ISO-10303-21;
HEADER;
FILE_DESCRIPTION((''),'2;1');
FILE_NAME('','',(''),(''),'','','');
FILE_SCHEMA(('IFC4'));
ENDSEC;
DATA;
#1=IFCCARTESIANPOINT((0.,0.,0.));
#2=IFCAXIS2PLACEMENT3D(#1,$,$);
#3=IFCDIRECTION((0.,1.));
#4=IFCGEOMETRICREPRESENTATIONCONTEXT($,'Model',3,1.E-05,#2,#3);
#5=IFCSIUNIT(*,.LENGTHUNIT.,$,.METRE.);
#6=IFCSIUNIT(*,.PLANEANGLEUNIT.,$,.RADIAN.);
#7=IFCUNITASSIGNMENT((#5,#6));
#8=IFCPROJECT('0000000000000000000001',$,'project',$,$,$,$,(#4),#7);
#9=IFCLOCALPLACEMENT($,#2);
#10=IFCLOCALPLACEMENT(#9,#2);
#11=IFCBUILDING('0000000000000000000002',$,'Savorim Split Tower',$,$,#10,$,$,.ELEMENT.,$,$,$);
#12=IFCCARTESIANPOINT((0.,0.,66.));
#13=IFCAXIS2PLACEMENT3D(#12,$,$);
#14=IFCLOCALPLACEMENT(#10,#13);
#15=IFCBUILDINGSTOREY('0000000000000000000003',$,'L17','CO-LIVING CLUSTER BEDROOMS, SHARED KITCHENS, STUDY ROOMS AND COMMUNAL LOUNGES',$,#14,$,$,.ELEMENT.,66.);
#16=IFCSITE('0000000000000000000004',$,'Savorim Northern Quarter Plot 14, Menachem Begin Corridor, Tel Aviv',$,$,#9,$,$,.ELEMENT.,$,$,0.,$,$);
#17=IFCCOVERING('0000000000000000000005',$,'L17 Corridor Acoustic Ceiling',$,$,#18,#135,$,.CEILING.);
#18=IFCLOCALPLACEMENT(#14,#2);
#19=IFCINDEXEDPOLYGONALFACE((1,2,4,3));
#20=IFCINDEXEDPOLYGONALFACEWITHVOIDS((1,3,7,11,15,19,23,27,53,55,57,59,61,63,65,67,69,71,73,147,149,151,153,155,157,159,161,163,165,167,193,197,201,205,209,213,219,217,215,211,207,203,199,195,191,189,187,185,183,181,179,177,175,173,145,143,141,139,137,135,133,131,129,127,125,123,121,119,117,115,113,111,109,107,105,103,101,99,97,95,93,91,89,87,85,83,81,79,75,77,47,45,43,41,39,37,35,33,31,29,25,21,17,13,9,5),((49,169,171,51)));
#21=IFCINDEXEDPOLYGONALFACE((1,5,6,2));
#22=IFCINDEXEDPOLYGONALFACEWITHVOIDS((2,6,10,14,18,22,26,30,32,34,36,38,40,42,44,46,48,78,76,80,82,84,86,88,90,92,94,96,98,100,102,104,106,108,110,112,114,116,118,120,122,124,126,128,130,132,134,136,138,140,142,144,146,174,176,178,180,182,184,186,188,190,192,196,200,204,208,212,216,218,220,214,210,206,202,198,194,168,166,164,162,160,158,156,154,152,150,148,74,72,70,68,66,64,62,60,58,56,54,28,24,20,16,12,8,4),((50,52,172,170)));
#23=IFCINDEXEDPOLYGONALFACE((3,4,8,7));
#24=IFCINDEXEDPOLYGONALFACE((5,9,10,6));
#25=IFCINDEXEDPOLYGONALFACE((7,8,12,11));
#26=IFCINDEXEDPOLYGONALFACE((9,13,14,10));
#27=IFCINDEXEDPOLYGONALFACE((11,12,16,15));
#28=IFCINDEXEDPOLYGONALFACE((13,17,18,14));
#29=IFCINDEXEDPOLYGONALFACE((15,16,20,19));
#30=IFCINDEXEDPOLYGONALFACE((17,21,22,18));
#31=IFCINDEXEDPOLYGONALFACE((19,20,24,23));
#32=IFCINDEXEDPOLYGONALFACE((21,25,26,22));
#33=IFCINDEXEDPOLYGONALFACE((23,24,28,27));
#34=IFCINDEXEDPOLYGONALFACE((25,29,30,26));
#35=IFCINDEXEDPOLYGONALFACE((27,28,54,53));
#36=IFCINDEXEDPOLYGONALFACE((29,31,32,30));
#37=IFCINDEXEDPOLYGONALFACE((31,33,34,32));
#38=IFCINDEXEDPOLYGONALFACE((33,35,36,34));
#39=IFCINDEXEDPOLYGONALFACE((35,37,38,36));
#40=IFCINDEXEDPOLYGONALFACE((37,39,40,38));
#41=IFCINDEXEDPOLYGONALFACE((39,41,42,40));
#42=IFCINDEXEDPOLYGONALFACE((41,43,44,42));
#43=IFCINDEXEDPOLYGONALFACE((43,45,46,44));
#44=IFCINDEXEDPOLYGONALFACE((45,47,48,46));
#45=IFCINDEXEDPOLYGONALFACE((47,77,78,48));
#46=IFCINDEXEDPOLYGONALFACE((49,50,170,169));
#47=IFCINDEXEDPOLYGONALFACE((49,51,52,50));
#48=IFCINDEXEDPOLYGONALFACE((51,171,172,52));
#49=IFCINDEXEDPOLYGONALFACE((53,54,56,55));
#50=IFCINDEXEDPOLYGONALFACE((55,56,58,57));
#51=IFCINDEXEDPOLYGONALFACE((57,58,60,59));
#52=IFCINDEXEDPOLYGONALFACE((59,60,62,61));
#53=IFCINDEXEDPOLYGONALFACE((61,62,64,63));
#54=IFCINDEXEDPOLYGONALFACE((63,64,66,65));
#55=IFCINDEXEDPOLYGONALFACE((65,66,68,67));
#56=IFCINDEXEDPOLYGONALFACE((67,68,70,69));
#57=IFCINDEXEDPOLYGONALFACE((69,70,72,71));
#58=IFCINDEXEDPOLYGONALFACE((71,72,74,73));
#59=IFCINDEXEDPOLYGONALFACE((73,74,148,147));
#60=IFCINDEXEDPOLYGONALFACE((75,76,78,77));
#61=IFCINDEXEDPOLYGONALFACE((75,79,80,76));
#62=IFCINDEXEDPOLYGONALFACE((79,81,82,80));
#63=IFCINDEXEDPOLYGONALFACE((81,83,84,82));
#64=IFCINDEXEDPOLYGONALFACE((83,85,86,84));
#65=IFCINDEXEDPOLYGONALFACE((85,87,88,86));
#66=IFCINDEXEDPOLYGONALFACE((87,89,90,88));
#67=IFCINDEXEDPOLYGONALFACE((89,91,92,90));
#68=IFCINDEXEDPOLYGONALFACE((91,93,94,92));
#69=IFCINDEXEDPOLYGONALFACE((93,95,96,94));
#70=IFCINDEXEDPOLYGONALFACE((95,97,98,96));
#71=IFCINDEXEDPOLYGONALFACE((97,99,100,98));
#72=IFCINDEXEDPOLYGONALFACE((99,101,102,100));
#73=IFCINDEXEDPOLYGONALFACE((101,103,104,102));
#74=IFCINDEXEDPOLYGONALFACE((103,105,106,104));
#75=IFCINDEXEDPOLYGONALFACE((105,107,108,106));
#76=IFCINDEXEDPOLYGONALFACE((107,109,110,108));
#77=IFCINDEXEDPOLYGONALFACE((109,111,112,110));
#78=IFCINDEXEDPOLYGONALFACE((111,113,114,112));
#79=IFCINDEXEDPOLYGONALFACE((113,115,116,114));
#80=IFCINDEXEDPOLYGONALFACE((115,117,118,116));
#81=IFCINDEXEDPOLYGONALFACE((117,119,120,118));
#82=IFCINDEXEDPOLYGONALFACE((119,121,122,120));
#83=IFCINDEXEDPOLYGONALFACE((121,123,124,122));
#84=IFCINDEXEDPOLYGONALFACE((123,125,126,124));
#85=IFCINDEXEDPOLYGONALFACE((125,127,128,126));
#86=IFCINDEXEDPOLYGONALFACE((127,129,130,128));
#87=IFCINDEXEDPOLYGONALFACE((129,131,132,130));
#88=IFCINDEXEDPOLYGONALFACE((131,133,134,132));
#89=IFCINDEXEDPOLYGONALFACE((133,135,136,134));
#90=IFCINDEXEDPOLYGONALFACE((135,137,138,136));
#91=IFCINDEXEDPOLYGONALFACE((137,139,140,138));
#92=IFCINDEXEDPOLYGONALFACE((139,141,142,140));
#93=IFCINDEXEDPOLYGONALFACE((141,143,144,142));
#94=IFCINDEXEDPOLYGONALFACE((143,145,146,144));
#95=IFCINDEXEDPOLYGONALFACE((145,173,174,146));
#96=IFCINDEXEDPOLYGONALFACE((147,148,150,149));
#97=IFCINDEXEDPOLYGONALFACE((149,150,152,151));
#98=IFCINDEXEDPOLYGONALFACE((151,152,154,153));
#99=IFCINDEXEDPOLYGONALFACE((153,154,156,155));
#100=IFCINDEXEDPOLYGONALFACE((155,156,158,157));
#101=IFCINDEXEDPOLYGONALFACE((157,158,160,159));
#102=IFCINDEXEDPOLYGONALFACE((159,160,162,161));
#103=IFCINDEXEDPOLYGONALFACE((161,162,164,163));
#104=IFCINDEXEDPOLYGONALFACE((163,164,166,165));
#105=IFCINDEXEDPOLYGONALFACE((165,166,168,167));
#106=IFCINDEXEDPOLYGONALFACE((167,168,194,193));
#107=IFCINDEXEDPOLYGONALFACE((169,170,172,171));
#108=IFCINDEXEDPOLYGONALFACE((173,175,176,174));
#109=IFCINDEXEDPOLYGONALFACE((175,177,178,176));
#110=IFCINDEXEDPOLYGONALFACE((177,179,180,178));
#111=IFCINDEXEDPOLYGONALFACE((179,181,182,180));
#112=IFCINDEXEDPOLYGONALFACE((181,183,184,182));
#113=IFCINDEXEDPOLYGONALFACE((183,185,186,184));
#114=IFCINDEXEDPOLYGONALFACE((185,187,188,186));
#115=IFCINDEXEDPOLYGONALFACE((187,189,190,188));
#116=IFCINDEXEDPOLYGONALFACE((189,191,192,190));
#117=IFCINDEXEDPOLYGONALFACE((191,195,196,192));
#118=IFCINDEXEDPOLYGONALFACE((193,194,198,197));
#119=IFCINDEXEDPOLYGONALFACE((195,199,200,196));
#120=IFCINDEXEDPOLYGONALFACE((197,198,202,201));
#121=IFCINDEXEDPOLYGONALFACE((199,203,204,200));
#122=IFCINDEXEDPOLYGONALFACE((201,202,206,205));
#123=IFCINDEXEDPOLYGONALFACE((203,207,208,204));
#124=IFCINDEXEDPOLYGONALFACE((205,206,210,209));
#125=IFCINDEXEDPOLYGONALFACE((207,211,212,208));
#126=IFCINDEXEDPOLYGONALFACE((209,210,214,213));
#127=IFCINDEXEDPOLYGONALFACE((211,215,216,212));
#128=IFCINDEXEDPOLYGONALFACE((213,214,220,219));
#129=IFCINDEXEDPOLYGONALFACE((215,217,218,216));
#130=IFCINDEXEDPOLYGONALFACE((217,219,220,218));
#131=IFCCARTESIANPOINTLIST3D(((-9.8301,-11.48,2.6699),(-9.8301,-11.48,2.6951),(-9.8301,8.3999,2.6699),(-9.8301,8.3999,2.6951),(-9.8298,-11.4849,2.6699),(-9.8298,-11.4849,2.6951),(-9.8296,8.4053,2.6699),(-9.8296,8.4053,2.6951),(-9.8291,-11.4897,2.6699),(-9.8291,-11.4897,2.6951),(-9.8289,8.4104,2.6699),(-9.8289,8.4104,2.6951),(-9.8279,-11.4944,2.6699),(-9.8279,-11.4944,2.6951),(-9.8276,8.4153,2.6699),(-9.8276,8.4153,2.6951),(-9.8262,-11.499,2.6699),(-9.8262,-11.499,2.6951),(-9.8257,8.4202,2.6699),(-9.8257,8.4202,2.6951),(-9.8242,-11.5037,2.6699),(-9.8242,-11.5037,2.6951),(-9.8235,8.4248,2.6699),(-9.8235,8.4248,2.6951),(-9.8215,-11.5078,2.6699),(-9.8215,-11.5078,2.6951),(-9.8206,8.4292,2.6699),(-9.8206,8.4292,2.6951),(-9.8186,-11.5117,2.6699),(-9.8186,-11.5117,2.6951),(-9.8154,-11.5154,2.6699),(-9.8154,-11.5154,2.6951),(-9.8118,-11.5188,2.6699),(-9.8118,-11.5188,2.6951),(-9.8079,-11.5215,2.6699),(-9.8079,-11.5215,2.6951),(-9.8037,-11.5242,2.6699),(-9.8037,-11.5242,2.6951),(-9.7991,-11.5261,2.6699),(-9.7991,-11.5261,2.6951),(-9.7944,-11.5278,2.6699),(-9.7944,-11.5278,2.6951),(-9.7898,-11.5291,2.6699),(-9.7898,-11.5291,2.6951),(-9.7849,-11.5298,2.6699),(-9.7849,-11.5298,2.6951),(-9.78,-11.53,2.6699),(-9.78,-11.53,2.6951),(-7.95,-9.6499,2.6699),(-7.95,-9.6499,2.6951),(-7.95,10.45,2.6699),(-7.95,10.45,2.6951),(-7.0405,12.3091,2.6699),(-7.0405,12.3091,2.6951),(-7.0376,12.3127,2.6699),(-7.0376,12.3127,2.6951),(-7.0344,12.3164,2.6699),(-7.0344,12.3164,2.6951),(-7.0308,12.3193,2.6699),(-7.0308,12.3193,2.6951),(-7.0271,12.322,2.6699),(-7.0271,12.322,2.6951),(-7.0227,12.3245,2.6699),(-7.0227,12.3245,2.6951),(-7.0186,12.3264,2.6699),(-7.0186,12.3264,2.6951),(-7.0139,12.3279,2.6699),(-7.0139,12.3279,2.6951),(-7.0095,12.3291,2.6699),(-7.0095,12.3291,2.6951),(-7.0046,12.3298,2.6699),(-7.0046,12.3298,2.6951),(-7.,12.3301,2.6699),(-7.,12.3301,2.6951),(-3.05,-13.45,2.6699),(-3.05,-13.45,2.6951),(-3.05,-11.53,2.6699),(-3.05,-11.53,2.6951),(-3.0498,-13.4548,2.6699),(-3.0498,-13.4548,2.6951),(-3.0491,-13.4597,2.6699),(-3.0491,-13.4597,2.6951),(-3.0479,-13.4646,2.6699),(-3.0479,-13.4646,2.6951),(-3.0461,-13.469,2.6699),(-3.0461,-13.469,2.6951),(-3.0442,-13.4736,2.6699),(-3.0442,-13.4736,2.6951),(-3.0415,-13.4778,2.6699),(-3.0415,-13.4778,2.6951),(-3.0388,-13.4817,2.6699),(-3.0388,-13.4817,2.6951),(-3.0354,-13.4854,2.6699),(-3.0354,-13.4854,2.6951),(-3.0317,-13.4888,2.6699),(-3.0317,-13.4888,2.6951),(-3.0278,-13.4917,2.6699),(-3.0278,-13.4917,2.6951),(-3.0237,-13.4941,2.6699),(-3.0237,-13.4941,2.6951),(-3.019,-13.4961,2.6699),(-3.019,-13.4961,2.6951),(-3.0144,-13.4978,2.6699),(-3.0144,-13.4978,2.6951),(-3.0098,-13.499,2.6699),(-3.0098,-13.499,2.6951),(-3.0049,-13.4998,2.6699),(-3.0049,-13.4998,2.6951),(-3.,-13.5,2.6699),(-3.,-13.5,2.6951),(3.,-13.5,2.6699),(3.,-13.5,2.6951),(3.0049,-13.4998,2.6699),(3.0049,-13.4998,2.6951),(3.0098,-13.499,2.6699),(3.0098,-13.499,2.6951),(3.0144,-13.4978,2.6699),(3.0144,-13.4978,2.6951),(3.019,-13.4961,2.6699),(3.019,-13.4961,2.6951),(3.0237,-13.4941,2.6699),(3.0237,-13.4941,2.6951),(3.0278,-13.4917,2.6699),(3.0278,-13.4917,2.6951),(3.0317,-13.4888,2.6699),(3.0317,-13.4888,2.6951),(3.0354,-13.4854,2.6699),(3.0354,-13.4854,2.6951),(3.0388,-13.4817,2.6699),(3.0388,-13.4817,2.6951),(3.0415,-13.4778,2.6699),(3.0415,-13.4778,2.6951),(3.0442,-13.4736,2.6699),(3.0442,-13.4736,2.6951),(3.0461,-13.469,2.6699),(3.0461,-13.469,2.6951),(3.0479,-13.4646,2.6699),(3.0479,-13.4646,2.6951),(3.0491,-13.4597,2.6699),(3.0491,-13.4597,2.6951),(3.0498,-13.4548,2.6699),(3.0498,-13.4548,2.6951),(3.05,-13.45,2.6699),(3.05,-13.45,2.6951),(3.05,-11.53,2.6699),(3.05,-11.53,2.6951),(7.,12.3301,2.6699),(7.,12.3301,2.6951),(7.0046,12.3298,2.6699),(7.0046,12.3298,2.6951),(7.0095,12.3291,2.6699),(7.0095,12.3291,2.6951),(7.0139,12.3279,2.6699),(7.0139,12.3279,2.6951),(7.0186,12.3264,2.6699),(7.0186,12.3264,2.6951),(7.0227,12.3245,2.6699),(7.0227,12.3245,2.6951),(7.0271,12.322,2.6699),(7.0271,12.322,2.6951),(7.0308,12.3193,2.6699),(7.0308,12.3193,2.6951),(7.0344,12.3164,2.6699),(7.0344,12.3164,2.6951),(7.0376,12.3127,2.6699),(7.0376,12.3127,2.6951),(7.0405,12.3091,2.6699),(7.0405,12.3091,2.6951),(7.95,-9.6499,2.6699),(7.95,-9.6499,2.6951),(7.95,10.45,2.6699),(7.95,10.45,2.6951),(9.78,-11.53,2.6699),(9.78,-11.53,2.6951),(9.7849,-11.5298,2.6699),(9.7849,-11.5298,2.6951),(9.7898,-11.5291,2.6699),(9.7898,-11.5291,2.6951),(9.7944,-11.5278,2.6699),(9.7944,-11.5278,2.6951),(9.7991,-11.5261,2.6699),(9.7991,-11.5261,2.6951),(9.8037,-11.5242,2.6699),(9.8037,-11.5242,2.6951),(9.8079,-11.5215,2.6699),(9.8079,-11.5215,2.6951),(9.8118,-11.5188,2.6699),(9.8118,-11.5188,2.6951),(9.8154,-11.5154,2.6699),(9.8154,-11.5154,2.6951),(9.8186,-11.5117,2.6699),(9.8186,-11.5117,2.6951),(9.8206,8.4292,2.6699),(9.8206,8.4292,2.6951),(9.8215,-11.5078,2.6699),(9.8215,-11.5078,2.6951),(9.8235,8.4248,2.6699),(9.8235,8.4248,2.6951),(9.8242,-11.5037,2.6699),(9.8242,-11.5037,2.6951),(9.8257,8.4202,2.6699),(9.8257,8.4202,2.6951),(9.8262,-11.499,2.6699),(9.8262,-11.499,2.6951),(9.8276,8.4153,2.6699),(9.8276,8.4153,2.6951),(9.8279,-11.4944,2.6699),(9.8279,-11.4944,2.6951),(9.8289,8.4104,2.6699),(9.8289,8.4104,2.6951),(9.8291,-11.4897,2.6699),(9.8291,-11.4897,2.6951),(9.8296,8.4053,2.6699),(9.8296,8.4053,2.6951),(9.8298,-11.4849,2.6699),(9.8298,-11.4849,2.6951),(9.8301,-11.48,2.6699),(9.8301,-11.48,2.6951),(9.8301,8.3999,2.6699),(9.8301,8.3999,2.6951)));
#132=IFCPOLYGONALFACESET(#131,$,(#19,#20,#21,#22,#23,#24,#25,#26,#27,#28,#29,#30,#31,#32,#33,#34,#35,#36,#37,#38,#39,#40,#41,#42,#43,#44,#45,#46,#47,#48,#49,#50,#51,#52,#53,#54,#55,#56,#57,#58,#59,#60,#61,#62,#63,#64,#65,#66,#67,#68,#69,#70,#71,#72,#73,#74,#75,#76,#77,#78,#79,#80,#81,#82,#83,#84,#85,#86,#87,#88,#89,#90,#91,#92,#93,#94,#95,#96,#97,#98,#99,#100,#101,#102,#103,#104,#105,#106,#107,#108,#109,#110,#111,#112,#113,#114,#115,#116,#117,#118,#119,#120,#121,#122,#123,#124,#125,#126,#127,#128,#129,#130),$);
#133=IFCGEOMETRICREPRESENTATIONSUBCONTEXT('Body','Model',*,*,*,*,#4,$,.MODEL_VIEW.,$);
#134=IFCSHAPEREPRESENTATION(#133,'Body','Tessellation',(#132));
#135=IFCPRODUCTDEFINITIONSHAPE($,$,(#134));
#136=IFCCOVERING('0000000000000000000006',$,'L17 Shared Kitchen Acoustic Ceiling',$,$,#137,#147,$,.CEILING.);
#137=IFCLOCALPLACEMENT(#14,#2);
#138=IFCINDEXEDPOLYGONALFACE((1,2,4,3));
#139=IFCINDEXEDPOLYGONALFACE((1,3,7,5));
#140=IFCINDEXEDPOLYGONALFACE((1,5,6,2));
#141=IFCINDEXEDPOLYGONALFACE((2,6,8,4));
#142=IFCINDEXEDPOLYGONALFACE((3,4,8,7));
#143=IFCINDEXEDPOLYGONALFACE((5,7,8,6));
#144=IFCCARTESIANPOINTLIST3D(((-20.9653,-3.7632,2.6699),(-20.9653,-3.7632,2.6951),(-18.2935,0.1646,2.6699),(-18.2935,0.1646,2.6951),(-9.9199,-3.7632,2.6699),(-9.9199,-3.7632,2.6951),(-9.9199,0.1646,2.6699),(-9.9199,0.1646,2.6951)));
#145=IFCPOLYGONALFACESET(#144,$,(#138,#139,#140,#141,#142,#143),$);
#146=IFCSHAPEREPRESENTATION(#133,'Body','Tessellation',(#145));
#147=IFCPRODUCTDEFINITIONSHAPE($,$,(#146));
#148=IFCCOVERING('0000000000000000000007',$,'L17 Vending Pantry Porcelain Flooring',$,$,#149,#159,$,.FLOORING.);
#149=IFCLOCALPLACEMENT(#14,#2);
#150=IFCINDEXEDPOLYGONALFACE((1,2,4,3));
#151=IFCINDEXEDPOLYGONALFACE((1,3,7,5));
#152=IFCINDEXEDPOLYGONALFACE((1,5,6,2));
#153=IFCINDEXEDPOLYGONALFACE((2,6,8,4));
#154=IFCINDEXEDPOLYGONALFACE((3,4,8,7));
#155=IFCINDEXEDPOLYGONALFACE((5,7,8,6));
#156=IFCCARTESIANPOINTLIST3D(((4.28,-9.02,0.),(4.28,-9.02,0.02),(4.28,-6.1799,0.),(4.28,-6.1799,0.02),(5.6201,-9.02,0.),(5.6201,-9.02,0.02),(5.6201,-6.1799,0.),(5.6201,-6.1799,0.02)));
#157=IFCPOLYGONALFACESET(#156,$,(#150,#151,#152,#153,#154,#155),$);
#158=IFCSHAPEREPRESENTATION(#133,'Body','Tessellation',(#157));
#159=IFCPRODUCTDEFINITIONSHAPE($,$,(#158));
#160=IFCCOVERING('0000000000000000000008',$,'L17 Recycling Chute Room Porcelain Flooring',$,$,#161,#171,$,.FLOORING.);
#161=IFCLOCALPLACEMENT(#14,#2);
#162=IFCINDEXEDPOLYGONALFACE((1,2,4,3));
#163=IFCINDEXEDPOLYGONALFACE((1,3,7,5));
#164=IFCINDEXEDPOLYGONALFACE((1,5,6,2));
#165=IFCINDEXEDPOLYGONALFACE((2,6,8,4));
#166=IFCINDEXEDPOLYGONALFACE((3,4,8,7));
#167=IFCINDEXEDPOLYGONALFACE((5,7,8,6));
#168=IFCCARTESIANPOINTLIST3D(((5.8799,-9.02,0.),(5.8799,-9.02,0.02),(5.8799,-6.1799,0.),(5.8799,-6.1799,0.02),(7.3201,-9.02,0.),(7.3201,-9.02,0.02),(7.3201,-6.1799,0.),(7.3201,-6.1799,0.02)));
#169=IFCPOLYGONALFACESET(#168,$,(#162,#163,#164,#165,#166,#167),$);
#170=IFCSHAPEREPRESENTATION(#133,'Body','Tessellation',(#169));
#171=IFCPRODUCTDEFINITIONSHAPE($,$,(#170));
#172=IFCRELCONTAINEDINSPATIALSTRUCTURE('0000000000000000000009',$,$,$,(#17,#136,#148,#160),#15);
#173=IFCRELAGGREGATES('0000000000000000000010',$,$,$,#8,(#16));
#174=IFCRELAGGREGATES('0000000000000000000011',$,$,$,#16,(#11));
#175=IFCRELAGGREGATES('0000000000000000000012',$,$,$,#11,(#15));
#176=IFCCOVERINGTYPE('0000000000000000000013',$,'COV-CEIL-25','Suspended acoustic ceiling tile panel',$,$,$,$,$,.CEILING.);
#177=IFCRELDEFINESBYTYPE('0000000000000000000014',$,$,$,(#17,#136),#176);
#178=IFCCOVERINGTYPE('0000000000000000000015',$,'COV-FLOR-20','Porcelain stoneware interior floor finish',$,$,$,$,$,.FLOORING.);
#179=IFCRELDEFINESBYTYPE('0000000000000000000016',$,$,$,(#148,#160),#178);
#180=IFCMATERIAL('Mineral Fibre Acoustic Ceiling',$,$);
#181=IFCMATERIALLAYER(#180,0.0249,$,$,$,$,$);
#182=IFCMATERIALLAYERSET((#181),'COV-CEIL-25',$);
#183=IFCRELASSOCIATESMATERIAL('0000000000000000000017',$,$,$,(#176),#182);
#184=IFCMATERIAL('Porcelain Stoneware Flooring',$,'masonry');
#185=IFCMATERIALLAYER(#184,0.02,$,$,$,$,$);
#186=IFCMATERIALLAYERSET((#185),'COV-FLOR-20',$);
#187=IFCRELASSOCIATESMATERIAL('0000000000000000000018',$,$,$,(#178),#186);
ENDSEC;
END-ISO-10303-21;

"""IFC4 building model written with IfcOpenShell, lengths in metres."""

from ifc_helpers import new_model, si_unit, direction, frame, origin, place, context, subcontext, project, spatial, polyline, outline, extrude, material, layer, layer_set, type_object, element, save


model = new_model("IFC4")

# Units and contexts
model_context = context("Model", 3, precision=1e-05, world=origin(), true_north=direction((0.0, 1.0)))
body_context = subcontext(model_context, "Body", "Model", "MODEL_VIEW")
ifc_project = project(units=[si_unit("LENGTHUNIT", "METRE"), si_unit("PLANEANGLEUNIT", "RADIAN")], contexts=[model_context])

# Site, building, storey
site_placement = place(None, origin())
site = spatial("IfcSite", under=ifc_project, at=site_placement, Name="Savorim Northern Quarter Plot 14, Menachem Begin Corridor, Tel Aviv", CompositionType="ELEMENT", RefElevation=0.0)
building_placement = place(site_placement, origin())
building = spatial("IfcBuilding", under=site, at=building_placement, Name="Savorim Split Tower", CompositionType="ELEMENT")
storey_placement = place(building_placement, frame((0.0, 0.0, 66.0)))
storey = spatial("IfcBuildingStorey", under=building, at=storey_placement, Name="L17", Description="CO-LIVING CLUSTER BEDROOMS, SHARED KITCHENS, STUDY ROOMS AND COMMUNAL LOUNGES", CompositionType="ELEMENT", Elevation=66.0)

# Coverings
ifc_material_1 = material(Name="Mineral Fibre Acoustic Ceiling")
ifc_layer_1 = layer(ifc_material_1, 0.0249)
ifc_layer_set_1 = layer_set([ifc_layer_1], Name="COV-CEIL-25")
covering_type_1 = type_object("IfcCoveringType", Name="COV-CEIL-25", Description="Suspended acoustic ceiling tile panel", PredefinedType="CEILING", material=ifc_layer_set_1)
covering_1_placement = place(storey_placement, frame((0.0, 0.0, 2.6699)))
element("IfcCovering", 1, at=covering_1_placement, inside=storey, type_object=covering_type_1, Name="L17 Corridor Acoustic Ceiling", PredefinedType="CEILING", context=body_context, shape_type="SweptSolid", body=[
    extrude(outline(polyline([(7.0095, 12.3291), (7.0046, 12.3298), (7.0, 12.3301), (-7.0, 12.3301), (-7.0046, 12.3298), (-7.0095, 12.3291), (-7.0139, 12.3279), (-7.0186, 12.3264), (-7.0227, 12.3245), (-7.0271, 12.322), (-7.0308, 12.3193), (-7.0344, 12.3164), (-7.0376, 12.3127), (-7.0405, 12.3091), (-9.8206, 8.4292), (-9.8235, 8.4248), (-9.8257, 8.4202), (-9.8276, 8.4153), (-9.8289, 8.4104), (-9.8296, 8.4053), (-9.8301, 8.3999), (-9.8301, -11.48), (-9.8298, -11.4849), (-9.8291, -11.4897), (-9.8279, -11.4944), (-9.8262, -11.499), (-9.8242, -11.5037), (-9.8215, -11.5078), (-9.8186, -11.5117), (-9.8154, -11.5154), (-9.8118, -11.5188), (-9.8079, -11.5215), (-9.8037, -11.5242), (-9.7991, -11.5261), (-9.7944, -11.5278), (-9.7898, -11.5291), (-9.7849, -11.5298), (-9.78, -11.53), (-3.05, -11.53), (-3.05, -13.45), (-3.0498, -13.4548), (-3.0491, -13.4597), (-3.0479, -13.4646), (-3.0461, -13.469), (-3.0442, -13.4736), (-3.0415, -13.4778), (-3.0388, -13.4817), (-3.0354, -13.4854), (-3.0317, -13.4888), (-3.0278, -13.4917), (-3.0237, -13.4941), (-3.019, -13.4961), (-3.0144, -13.4978), (-3.0098, -13.499), (-3.0049, -13.4998), (-3.0, -13.5), (3.0, -13.5), (3.0049, -13.4998), (3.0098, -13.499), (3.0144, -13.4978), (3.019, -13.4961), (3.0237, -13.4941), (3.0278, -13.4917), (3.0317, -13.4888), (3.0354, -13.4854), (3.0388, -13.4817), (3.0415, -13.4778), (3.0442, -13.4736), (3.0461, -13.469), (3.0479, -13.4646), (3.0491, -13.4597), (3.0498, -13.4548), (3.05, -13.45), (3.05, -11.53), (9.78, -11.53), (9.7849, -11.5298), (9.7898, -11.5291), (9.7944, -11.5278), (9.7991, -11.5261), (9.8037, -11.5242), (9.8079, -11.5215), (9.8118, -11.5188), (9.8154, -11.5154), (9.8186, -11.5117), (9.8215, -11.5078), (9.8242, -11.5037), (9.8262, -11.499), (9.8279, -11.4944), (9.8291, -11.4897), (9.8298, -11.4849), (9.8301, -11.48), (9.8301, 8.3999), (9.8296, 8.4053), (9.8289, 8.4104), (9.8276, 8.4153), (9.8257, 8.4202), (9.8235, 8.4248), (9.8206, 8.4292), (7.0405, 12.3091), (7.0376, 12.3127), (7.0344, 12.3164), (7.0308, 12.3193), (7.0271, 12.322), (7.0227, 12.3245), (7.0186, 12.3264), (7.0139, 12.3279), (7.0095, 12.3291)]), holes=[polyline([(-7.95, 10.45), (-7.95, -9.6499), (7.95, -9.6499), (7.95, 10.45), (-7.95, 10.45)])]), origin(), (0.0, 0.0, 1.0), 0.0251),
])
covering_2_placement = place(storey_placement, frame((0.0, 0.0, 2.6699)))
element("IfcCovering", 2, at=covering_2_placement, inside=storey, type_object=covering_type_1, Name="L17 Shared Kitchen Acoustic Ceiling", PredefinedType="CEILING", context=body_context, shape_type="SweptSolid", body=[
    extrude(outline(polyline([(-18.2935, 0.1646), (-20.9653, -3.7632), (-9.9199, -3.7632), (-9.9199, 0.1646), (-18.2935, 0.1646)])), origin(), (0.0, 0.0, 1.0), 0.0251),
])
ifc_material_2 = material(Name="Porcelain Stoneware Flooring", Category="masonry")
ifc_layer_2 = layer(ifc_material_2, 0.02)
ifc_layer_set_2 = layer_set([ifc_layer_2], Name="COV-FLOR-20")
covering_type_2 = type_object("IfcCoveringType", Name="COV-FLOR-20", Description="Porcelain stoneware interior floor finish", PredefinedType="FLOORING", material=ifc_layer_set_2)
covering_3_placement = place(storey_placement, origin())
element("IfcCovering", 3, at=covering_3_placement, inside=storey, type_object=covering_type_2, Name="L17 Vending Pantry Porcelain Flooring", PredefinedType="FLOORING", context=body_context, shape_type="SweptSolid", body=[
    extrude(outline(polyline([(4.28, -6.1799), (4.28, -9.02), (5.6201, -9.02), (5.6201, -6.1799), (4.28, -6.1799)])), origin(), (0.0, 0.0, 1.0), 0.02),
])
covering_4_placement = place(storey_placement, origin())
element("IfcCovering", 4, at=covering_4_placement, inside=storey, type_object=covering_type_2, Name="L17 Recycling Chute Room Porcelain Flooring", PredefinedType="FLOORING", context=body_context, shape_type="SweptSolid", body=[
    extrude(outline(polyline([(5.8799, -6.1799), (5.8799, -9.02), (7.3201, -9.02), (7.3201, -6.1799), (5.8799, -6.1799)])), origin(), (0.0, 0.0, 1.0), 0.02),
])

save(model, "model.ifc")
